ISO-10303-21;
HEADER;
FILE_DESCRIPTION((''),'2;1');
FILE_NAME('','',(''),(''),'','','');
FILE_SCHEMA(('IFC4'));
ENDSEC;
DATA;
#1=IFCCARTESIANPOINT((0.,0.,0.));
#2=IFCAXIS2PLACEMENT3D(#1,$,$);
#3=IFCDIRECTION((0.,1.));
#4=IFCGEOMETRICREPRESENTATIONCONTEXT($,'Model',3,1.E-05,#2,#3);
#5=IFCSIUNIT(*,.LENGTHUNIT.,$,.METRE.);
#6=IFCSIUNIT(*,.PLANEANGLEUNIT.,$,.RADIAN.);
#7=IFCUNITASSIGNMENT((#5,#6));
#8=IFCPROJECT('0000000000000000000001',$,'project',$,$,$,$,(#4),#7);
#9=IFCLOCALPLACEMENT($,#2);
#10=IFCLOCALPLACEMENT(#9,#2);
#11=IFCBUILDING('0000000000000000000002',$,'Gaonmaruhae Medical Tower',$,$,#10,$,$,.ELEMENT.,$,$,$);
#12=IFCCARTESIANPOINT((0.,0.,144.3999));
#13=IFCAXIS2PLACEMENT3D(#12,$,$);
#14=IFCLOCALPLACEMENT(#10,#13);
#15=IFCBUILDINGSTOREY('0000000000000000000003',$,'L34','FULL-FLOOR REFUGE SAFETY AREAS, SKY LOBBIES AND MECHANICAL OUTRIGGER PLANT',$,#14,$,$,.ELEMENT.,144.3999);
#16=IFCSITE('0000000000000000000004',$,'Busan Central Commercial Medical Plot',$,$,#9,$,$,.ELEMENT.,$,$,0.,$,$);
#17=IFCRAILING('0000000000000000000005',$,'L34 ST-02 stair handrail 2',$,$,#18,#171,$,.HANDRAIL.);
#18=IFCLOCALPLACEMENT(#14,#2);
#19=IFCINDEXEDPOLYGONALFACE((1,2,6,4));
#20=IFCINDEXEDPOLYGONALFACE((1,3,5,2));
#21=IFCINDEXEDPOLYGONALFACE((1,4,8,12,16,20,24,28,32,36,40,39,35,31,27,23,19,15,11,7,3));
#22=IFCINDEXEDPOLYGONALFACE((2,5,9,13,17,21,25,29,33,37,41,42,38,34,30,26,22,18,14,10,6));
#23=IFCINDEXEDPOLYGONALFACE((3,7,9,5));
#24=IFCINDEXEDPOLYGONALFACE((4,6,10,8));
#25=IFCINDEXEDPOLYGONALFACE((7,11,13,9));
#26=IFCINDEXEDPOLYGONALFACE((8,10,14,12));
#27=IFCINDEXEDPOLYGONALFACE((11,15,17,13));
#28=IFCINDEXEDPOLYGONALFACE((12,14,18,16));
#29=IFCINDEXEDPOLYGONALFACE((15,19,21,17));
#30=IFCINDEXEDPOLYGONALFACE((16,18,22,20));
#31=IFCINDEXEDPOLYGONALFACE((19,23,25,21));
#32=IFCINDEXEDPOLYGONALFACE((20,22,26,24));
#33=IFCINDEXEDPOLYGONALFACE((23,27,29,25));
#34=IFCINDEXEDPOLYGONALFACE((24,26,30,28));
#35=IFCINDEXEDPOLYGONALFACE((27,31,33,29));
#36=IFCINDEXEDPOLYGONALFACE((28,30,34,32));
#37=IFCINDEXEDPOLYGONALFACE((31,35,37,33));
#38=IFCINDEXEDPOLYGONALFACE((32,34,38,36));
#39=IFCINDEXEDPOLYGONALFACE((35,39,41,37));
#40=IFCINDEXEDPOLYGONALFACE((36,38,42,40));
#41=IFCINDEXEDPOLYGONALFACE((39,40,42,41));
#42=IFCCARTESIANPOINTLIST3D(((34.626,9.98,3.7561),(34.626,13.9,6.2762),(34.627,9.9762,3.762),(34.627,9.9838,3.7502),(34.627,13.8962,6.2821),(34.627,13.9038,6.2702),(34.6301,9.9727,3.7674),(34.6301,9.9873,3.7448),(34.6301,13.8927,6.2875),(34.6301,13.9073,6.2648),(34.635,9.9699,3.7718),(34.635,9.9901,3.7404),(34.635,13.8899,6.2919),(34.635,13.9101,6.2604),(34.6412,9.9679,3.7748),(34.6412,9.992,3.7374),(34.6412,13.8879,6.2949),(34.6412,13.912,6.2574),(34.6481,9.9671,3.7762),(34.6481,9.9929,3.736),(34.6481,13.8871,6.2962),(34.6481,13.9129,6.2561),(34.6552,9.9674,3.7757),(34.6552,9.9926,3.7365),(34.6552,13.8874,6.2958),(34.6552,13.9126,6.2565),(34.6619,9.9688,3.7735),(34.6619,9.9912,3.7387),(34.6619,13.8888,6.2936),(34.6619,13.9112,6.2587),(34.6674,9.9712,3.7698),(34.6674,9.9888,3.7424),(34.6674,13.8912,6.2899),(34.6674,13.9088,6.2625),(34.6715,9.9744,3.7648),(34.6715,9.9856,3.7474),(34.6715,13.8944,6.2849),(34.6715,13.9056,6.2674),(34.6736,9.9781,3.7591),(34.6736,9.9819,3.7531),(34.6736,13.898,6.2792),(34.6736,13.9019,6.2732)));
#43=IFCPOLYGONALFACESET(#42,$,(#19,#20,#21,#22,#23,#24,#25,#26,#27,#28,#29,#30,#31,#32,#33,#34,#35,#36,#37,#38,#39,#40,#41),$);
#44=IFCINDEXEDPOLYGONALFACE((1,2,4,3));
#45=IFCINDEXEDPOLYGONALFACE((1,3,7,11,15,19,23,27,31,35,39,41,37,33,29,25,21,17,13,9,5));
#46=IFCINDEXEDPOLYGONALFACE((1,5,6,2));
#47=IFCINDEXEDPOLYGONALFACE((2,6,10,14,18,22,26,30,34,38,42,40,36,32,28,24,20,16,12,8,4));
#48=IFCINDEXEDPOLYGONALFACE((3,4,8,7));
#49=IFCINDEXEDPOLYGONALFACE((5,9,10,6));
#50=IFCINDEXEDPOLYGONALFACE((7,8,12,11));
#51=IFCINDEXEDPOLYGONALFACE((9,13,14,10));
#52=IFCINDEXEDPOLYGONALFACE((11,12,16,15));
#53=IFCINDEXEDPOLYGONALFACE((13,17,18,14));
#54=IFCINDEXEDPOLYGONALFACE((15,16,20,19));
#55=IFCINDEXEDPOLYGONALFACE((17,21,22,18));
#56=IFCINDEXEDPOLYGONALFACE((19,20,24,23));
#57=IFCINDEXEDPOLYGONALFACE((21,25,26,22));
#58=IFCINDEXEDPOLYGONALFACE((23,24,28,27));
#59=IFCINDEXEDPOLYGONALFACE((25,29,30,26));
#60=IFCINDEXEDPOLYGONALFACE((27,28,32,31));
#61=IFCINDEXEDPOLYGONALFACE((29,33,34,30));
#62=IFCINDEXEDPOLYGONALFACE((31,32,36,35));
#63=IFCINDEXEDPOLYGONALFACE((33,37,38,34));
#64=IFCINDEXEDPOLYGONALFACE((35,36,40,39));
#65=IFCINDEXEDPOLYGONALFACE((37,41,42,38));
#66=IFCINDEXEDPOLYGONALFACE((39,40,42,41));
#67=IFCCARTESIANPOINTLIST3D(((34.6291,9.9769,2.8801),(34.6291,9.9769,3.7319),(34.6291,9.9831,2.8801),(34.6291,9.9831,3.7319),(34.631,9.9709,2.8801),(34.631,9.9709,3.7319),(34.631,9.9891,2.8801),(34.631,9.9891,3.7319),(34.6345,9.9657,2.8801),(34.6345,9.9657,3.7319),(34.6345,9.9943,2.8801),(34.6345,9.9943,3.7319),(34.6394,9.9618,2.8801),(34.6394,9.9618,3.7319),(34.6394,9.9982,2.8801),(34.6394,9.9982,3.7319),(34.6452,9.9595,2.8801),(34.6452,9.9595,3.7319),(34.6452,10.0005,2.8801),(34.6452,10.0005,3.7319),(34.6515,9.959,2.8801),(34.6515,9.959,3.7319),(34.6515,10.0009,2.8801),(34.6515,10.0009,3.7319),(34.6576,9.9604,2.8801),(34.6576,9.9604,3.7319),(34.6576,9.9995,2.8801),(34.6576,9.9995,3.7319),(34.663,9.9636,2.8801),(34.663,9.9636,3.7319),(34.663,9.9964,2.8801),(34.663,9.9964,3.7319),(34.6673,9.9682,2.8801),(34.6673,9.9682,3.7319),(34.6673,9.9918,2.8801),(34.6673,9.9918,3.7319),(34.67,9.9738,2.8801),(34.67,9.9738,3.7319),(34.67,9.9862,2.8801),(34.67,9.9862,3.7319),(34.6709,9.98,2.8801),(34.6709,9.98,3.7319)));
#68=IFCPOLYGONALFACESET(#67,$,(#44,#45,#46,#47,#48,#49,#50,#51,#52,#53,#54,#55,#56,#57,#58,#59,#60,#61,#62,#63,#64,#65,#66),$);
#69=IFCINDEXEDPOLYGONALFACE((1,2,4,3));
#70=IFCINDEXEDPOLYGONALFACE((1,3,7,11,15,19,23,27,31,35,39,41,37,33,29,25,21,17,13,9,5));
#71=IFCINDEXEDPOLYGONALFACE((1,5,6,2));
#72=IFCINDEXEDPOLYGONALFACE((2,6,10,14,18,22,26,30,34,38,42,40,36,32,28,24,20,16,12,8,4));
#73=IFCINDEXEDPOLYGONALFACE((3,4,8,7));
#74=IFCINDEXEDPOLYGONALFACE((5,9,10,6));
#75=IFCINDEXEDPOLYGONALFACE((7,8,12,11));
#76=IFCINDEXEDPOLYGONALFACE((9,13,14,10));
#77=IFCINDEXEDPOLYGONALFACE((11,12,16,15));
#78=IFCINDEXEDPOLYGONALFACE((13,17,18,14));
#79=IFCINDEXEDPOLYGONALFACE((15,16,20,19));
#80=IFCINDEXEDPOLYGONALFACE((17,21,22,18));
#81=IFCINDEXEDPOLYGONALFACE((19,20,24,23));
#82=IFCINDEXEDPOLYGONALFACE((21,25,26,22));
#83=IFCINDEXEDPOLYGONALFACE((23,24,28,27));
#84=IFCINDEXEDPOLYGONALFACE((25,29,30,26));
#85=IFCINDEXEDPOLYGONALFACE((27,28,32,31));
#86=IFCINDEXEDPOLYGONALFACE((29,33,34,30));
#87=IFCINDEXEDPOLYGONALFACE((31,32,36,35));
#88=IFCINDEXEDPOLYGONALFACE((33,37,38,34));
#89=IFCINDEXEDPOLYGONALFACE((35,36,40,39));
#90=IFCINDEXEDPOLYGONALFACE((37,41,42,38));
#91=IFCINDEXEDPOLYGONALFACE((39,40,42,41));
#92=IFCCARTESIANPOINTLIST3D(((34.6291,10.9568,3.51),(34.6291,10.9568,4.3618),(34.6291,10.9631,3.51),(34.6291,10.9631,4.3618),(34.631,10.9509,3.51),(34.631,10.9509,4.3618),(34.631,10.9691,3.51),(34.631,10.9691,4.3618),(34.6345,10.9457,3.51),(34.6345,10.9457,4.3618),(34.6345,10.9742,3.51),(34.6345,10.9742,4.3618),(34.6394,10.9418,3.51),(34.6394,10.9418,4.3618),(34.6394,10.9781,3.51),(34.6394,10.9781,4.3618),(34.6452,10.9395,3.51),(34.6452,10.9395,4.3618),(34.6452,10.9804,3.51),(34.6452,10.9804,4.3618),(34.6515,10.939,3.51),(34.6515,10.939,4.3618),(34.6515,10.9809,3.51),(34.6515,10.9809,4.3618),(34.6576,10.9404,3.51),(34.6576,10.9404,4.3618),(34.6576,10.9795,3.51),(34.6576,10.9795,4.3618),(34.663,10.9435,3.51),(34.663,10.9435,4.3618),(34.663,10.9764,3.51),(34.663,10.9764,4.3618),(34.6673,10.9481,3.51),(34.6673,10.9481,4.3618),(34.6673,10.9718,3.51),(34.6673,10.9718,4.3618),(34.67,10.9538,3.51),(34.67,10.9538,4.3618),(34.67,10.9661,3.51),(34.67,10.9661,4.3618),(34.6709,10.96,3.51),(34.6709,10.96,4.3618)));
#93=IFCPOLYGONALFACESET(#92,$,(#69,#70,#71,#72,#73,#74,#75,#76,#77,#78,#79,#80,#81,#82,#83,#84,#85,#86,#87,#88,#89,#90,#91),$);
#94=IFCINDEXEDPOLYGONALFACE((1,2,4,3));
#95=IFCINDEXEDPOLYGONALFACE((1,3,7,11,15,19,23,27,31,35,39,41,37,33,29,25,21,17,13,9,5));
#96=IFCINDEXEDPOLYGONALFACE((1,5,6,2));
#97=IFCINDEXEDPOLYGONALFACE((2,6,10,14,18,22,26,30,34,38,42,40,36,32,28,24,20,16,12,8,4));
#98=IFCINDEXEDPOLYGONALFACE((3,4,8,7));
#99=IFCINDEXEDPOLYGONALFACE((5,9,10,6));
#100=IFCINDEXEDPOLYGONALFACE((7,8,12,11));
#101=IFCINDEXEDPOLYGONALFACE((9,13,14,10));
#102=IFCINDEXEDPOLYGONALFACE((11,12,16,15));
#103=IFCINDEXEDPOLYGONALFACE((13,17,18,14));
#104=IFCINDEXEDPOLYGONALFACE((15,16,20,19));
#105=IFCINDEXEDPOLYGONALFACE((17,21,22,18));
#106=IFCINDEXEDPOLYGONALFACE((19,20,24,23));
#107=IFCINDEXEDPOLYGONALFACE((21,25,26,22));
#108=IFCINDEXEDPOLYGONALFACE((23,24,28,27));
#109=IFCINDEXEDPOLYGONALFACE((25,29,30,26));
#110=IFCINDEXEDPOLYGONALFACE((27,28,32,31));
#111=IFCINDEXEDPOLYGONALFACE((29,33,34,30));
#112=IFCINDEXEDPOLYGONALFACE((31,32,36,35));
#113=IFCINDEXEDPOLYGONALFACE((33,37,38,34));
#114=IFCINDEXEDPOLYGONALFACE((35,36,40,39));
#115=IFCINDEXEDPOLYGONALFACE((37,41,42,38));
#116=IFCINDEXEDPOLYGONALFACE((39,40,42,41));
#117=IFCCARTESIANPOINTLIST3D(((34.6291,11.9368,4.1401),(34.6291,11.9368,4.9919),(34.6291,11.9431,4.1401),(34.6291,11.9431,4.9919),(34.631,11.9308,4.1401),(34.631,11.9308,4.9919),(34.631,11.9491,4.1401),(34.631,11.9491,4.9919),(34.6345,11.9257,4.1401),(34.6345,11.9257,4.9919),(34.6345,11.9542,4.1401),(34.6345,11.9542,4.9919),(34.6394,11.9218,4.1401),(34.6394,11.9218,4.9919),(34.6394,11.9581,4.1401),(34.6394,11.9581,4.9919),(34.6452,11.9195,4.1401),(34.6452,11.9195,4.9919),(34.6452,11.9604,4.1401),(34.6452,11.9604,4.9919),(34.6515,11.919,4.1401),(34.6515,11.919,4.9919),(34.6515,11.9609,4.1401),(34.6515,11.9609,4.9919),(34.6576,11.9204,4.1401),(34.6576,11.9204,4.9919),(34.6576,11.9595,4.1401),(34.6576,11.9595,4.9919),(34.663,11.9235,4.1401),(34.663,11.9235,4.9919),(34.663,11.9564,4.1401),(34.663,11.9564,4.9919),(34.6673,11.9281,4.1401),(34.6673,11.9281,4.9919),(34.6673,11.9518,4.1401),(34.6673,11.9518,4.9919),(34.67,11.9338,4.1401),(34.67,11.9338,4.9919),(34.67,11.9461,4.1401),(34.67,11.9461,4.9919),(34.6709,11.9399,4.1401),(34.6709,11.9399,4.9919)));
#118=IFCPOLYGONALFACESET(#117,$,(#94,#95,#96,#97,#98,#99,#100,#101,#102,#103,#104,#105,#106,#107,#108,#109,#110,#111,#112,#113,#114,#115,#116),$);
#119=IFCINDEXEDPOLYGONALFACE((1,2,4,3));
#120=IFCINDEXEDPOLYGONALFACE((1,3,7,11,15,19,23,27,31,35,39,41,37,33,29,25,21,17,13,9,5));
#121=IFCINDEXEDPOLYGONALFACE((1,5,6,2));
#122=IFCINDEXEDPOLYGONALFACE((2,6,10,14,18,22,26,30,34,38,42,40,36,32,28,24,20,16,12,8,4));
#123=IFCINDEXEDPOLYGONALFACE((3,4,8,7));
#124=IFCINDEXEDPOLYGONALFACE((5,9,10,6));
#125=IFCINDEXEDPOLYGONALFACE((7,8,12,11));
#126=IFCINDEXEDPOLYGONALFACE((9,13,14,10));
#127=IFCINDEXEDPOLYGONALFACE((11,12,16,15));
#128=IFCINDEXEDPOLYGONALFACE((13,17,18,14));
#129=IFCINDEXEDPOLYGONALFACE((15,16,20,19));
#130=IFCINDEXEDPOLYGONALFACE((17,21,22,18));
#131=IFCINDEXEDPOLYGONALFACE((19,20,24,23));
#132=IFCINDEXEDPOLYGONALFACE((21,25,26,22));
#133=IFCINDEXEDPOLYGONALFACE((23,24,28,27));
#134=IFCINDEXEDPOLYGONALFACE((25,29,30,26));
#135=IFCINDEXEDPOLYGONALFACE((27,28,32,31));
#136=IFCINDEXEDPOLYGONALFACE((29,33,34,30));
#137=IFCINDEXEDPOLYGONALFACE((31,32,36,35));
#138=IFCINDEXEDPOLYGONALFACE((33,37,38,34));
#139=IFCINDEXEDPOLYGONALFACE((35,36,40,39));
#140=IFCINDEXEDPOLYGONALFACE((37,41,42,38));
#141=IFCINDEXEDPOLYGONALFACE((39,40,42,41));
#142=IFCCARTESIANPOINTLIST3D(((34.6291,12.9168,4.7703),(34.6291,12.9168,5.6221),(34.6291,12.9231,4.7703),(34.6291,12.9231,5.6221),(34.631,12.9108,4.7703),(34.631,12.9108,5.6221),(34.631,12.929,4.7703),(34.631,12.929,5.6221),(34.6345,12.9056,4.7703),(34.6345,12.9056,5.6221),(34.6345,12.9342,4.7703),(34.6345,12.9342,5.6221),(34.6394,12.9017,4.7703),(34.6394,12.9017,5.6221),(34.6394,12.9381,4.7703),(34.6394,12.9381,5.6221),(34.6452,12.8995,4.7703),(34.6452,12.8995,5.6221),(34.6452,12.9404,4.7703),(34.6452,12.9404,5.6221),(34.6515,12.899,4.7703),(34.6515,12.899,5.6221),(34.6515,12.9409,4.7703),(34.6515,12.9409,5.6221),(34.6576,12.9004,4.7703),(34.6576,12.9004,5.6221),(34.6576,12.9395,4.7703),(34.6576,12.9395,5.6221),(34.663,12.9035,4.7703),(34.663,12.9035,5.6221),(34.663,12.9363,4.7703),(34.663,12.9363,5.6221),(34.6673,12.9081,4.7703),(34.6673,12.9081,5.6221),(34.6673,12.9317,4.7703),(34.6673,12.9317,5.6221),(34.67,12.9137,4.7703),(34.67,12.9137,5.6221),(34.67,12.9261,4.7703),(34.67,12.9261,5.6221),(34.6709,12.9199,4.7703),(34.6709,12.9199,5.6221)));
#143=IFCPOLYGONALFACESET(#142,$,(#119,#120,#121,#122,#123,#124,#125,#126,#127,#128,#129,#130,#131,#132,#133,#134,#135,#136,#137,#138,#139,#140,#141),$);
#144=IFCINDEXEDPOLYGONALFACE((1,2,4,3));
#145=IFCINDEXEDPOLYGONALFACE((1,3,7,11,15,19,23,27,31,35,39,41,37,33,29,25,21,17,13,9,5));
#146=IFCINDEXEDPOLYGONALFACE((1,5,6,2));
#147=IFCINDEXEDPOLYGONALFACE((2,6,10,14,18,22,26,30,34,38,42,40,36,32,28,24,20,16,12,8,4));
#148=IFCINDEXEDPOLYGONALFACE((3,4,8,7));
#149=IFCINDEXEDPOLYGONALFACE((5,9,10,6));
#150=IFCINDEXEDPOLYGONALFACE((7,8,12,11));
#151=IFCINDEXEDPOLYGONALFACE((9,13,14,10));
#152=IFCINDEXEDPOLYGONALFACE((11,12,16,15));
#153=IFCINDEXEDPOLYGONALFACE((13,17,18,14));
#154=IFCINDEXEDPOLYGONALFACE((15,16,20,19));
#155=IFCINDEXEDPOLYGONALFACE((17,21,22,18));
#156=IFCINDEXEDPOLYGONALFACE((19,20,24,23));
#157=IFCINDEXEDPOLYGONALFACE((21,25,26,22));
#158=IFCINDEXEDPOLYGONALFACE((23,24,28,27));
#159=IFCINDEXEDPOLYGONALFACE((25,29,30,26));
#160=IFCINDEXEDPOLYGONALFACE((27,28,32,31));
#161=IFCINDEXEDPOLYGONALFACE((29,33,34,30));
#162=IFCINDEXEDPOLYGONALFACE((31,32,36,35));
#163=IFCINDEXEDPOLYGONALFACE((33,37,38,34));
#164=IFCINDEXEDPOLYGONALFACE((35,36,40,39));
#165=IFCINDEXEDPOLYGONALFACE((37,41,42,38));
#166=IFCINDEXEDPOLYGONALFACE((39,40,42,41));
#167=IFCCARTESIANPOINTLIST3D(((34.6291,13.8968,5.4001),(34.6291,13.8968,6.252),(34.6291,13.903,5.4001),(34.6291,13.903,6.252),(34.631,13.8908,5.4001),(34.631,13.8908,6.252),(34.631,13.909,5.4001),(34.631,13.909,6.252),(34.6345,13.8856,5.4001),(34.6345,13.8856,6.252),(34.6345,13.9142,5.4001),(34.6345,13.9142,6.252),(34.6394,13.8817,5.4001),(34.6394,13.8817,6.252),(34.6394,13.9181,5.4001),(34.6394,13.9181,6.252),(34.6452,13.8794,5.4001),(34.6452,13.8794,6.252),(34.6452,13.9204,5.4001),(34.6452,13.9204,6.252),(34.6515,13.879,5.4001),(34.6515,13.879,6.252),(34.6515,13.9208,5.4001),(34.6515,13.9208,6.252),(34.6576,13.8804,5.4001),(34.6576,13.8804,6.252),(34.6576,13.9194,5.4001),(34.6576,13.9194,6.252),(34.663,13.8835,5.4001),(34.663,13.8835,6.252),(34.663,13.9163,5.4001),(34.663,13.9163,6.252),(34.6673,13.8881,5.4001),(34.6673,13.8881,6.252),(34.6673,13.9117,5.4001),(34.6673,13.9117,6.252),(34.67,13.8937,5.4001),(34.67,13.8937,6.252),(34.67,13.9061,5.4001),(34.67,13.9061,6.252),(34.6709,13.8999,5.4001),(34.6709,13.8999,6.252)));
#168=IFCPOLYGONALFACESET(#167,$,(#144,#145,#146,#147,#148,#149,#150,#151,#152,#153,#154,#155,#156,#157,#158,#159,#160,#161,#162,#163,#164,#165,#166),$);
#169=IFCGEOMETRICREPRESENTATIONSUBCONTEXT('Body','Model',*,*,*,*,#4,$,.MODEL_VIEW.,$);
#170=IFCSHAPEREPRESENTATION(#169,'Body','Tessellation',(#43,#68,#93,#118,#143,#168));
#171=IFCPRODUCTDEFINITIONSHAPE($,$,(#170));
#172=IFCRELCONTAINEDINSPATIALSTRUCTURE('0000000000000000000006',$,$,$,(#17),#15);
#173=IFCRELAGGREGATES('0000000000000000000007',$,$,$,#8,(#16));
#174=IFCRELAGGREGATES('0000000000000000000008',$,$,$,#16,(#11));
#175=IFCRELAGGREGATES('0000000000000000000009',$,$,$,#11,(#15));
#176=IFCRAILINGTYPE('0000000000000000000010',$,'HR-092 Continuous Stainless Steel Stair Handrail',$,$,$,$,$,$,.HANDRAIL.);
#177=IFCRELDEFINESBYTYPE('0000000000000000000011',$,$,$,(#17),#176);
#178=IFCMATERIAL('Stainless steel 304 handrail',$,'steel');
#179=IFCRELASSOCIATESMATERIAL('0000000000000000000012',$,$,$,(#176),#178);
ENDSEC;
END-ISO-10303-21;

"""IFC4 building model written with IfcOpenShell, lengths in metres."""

from ifc_helpers import new_model, si_unit, direction, frame, origin, origin_2d, place, context, subcontext, project, spatial, circle, extrude, material, type_object, element, save


model = new_model("IFC4")

# Units and contexts
model_context = context("Model", 3, precision=1e-05, world=origin(), true_north=direction((0.0, 1.0)))
body_context = subcontext(model_context, "Body", "Model", "MODEL_VIEW")
ifc_project = project(units=[si_unit("LENGTHUNIT", "METRE"), si_unit("PLANEANGLEUNIT", "RADIAN")], contexts=[model_context])

# Site, building, storey
site_placement = place(None, origin())
site = spatial("IfcSite", under=ifc_project, at=site_placement, Name="Busan Central Commercial Medical Plot", CompositionType="ELEMENT", RefElevation=0.0)
building_placement = place(site_placement, origin())
building = spatial("IfcBuilding", under=site, at=building_placement, Name="Gaonmaruhae Medical Tower", CompositionType="ELEMENT")
storey_placement = place(building_placement, frame((0.0, 0.0, 144.3999)))
storey = spatial("IfcBuildingStorey", under=building, at=storey_placement, Name="L34", Description="FULL-FLOOR REFUGE SAFETY AREAS, SKY LOBBIES AND MECHANICAL OUTRIGGER PLANT", CompositionType="ELEMENT", Elevation=144.3999)

# Railing
ifc_material_1 = material(Name="Stainless steel 304 handrail", Category="steel")
railing_type_1 = type_object("IfcRailingType", Name="HR-092 Continuous Stainless Steel Stair Handrail", PredefinedType="HANDRAIL", material=ifc_material_1)
railing_1_placement = place(storey_placement, frame((34.6499, 9.98, 2.8801)))
element("IfcRailing", 1, at=railing_1_placement, inside=storey, type_object=railing_type_1, Name="L34 ST-02 stair handrail 2", PredefinedType="HANDRAIL", context=body_context, shape_type="SweptSolid", body=[
    extrude(circle(Radius=0.0239, at=origin_2d()), frame((0.0, 0.0, 0.876), z_axis=(0.0, 0.841172, 0.540768), x_axis=(-1.0, 0.0, 0.0)), (0.0, 0.0, 1.0), 4.6602),
    extrude(circle(Radius=0.021, at=origin_2d()), origin(), (0.0, 0.0, 1.0), 0.8518),
    extrude(circle(Radius=0.021, at=origin_2d()), frame((0.0, 0.98, 0.6299)), (0.0, 0.0, 1.0), 0.8518),
    extrude(circle(Radius=0.021, at=origin_2d()), frame((0.0, 1.96, 1.26)), (0.0, 0.0, 1.0), 0.8518),
    extrude(circle(Radius=0.021, at=origin_2d()), frame((0.0, 2.9399, 1.8901)), (0.0, 0.0, 1.0), 0.8518),
    extrude(circle(Radius=0.021, at=origin_2d()), frame((0.0, 3.9199, 2.52)), (0.0, 0.0, 1.0), 0.8518),
])

save(model, "model.ifc")
